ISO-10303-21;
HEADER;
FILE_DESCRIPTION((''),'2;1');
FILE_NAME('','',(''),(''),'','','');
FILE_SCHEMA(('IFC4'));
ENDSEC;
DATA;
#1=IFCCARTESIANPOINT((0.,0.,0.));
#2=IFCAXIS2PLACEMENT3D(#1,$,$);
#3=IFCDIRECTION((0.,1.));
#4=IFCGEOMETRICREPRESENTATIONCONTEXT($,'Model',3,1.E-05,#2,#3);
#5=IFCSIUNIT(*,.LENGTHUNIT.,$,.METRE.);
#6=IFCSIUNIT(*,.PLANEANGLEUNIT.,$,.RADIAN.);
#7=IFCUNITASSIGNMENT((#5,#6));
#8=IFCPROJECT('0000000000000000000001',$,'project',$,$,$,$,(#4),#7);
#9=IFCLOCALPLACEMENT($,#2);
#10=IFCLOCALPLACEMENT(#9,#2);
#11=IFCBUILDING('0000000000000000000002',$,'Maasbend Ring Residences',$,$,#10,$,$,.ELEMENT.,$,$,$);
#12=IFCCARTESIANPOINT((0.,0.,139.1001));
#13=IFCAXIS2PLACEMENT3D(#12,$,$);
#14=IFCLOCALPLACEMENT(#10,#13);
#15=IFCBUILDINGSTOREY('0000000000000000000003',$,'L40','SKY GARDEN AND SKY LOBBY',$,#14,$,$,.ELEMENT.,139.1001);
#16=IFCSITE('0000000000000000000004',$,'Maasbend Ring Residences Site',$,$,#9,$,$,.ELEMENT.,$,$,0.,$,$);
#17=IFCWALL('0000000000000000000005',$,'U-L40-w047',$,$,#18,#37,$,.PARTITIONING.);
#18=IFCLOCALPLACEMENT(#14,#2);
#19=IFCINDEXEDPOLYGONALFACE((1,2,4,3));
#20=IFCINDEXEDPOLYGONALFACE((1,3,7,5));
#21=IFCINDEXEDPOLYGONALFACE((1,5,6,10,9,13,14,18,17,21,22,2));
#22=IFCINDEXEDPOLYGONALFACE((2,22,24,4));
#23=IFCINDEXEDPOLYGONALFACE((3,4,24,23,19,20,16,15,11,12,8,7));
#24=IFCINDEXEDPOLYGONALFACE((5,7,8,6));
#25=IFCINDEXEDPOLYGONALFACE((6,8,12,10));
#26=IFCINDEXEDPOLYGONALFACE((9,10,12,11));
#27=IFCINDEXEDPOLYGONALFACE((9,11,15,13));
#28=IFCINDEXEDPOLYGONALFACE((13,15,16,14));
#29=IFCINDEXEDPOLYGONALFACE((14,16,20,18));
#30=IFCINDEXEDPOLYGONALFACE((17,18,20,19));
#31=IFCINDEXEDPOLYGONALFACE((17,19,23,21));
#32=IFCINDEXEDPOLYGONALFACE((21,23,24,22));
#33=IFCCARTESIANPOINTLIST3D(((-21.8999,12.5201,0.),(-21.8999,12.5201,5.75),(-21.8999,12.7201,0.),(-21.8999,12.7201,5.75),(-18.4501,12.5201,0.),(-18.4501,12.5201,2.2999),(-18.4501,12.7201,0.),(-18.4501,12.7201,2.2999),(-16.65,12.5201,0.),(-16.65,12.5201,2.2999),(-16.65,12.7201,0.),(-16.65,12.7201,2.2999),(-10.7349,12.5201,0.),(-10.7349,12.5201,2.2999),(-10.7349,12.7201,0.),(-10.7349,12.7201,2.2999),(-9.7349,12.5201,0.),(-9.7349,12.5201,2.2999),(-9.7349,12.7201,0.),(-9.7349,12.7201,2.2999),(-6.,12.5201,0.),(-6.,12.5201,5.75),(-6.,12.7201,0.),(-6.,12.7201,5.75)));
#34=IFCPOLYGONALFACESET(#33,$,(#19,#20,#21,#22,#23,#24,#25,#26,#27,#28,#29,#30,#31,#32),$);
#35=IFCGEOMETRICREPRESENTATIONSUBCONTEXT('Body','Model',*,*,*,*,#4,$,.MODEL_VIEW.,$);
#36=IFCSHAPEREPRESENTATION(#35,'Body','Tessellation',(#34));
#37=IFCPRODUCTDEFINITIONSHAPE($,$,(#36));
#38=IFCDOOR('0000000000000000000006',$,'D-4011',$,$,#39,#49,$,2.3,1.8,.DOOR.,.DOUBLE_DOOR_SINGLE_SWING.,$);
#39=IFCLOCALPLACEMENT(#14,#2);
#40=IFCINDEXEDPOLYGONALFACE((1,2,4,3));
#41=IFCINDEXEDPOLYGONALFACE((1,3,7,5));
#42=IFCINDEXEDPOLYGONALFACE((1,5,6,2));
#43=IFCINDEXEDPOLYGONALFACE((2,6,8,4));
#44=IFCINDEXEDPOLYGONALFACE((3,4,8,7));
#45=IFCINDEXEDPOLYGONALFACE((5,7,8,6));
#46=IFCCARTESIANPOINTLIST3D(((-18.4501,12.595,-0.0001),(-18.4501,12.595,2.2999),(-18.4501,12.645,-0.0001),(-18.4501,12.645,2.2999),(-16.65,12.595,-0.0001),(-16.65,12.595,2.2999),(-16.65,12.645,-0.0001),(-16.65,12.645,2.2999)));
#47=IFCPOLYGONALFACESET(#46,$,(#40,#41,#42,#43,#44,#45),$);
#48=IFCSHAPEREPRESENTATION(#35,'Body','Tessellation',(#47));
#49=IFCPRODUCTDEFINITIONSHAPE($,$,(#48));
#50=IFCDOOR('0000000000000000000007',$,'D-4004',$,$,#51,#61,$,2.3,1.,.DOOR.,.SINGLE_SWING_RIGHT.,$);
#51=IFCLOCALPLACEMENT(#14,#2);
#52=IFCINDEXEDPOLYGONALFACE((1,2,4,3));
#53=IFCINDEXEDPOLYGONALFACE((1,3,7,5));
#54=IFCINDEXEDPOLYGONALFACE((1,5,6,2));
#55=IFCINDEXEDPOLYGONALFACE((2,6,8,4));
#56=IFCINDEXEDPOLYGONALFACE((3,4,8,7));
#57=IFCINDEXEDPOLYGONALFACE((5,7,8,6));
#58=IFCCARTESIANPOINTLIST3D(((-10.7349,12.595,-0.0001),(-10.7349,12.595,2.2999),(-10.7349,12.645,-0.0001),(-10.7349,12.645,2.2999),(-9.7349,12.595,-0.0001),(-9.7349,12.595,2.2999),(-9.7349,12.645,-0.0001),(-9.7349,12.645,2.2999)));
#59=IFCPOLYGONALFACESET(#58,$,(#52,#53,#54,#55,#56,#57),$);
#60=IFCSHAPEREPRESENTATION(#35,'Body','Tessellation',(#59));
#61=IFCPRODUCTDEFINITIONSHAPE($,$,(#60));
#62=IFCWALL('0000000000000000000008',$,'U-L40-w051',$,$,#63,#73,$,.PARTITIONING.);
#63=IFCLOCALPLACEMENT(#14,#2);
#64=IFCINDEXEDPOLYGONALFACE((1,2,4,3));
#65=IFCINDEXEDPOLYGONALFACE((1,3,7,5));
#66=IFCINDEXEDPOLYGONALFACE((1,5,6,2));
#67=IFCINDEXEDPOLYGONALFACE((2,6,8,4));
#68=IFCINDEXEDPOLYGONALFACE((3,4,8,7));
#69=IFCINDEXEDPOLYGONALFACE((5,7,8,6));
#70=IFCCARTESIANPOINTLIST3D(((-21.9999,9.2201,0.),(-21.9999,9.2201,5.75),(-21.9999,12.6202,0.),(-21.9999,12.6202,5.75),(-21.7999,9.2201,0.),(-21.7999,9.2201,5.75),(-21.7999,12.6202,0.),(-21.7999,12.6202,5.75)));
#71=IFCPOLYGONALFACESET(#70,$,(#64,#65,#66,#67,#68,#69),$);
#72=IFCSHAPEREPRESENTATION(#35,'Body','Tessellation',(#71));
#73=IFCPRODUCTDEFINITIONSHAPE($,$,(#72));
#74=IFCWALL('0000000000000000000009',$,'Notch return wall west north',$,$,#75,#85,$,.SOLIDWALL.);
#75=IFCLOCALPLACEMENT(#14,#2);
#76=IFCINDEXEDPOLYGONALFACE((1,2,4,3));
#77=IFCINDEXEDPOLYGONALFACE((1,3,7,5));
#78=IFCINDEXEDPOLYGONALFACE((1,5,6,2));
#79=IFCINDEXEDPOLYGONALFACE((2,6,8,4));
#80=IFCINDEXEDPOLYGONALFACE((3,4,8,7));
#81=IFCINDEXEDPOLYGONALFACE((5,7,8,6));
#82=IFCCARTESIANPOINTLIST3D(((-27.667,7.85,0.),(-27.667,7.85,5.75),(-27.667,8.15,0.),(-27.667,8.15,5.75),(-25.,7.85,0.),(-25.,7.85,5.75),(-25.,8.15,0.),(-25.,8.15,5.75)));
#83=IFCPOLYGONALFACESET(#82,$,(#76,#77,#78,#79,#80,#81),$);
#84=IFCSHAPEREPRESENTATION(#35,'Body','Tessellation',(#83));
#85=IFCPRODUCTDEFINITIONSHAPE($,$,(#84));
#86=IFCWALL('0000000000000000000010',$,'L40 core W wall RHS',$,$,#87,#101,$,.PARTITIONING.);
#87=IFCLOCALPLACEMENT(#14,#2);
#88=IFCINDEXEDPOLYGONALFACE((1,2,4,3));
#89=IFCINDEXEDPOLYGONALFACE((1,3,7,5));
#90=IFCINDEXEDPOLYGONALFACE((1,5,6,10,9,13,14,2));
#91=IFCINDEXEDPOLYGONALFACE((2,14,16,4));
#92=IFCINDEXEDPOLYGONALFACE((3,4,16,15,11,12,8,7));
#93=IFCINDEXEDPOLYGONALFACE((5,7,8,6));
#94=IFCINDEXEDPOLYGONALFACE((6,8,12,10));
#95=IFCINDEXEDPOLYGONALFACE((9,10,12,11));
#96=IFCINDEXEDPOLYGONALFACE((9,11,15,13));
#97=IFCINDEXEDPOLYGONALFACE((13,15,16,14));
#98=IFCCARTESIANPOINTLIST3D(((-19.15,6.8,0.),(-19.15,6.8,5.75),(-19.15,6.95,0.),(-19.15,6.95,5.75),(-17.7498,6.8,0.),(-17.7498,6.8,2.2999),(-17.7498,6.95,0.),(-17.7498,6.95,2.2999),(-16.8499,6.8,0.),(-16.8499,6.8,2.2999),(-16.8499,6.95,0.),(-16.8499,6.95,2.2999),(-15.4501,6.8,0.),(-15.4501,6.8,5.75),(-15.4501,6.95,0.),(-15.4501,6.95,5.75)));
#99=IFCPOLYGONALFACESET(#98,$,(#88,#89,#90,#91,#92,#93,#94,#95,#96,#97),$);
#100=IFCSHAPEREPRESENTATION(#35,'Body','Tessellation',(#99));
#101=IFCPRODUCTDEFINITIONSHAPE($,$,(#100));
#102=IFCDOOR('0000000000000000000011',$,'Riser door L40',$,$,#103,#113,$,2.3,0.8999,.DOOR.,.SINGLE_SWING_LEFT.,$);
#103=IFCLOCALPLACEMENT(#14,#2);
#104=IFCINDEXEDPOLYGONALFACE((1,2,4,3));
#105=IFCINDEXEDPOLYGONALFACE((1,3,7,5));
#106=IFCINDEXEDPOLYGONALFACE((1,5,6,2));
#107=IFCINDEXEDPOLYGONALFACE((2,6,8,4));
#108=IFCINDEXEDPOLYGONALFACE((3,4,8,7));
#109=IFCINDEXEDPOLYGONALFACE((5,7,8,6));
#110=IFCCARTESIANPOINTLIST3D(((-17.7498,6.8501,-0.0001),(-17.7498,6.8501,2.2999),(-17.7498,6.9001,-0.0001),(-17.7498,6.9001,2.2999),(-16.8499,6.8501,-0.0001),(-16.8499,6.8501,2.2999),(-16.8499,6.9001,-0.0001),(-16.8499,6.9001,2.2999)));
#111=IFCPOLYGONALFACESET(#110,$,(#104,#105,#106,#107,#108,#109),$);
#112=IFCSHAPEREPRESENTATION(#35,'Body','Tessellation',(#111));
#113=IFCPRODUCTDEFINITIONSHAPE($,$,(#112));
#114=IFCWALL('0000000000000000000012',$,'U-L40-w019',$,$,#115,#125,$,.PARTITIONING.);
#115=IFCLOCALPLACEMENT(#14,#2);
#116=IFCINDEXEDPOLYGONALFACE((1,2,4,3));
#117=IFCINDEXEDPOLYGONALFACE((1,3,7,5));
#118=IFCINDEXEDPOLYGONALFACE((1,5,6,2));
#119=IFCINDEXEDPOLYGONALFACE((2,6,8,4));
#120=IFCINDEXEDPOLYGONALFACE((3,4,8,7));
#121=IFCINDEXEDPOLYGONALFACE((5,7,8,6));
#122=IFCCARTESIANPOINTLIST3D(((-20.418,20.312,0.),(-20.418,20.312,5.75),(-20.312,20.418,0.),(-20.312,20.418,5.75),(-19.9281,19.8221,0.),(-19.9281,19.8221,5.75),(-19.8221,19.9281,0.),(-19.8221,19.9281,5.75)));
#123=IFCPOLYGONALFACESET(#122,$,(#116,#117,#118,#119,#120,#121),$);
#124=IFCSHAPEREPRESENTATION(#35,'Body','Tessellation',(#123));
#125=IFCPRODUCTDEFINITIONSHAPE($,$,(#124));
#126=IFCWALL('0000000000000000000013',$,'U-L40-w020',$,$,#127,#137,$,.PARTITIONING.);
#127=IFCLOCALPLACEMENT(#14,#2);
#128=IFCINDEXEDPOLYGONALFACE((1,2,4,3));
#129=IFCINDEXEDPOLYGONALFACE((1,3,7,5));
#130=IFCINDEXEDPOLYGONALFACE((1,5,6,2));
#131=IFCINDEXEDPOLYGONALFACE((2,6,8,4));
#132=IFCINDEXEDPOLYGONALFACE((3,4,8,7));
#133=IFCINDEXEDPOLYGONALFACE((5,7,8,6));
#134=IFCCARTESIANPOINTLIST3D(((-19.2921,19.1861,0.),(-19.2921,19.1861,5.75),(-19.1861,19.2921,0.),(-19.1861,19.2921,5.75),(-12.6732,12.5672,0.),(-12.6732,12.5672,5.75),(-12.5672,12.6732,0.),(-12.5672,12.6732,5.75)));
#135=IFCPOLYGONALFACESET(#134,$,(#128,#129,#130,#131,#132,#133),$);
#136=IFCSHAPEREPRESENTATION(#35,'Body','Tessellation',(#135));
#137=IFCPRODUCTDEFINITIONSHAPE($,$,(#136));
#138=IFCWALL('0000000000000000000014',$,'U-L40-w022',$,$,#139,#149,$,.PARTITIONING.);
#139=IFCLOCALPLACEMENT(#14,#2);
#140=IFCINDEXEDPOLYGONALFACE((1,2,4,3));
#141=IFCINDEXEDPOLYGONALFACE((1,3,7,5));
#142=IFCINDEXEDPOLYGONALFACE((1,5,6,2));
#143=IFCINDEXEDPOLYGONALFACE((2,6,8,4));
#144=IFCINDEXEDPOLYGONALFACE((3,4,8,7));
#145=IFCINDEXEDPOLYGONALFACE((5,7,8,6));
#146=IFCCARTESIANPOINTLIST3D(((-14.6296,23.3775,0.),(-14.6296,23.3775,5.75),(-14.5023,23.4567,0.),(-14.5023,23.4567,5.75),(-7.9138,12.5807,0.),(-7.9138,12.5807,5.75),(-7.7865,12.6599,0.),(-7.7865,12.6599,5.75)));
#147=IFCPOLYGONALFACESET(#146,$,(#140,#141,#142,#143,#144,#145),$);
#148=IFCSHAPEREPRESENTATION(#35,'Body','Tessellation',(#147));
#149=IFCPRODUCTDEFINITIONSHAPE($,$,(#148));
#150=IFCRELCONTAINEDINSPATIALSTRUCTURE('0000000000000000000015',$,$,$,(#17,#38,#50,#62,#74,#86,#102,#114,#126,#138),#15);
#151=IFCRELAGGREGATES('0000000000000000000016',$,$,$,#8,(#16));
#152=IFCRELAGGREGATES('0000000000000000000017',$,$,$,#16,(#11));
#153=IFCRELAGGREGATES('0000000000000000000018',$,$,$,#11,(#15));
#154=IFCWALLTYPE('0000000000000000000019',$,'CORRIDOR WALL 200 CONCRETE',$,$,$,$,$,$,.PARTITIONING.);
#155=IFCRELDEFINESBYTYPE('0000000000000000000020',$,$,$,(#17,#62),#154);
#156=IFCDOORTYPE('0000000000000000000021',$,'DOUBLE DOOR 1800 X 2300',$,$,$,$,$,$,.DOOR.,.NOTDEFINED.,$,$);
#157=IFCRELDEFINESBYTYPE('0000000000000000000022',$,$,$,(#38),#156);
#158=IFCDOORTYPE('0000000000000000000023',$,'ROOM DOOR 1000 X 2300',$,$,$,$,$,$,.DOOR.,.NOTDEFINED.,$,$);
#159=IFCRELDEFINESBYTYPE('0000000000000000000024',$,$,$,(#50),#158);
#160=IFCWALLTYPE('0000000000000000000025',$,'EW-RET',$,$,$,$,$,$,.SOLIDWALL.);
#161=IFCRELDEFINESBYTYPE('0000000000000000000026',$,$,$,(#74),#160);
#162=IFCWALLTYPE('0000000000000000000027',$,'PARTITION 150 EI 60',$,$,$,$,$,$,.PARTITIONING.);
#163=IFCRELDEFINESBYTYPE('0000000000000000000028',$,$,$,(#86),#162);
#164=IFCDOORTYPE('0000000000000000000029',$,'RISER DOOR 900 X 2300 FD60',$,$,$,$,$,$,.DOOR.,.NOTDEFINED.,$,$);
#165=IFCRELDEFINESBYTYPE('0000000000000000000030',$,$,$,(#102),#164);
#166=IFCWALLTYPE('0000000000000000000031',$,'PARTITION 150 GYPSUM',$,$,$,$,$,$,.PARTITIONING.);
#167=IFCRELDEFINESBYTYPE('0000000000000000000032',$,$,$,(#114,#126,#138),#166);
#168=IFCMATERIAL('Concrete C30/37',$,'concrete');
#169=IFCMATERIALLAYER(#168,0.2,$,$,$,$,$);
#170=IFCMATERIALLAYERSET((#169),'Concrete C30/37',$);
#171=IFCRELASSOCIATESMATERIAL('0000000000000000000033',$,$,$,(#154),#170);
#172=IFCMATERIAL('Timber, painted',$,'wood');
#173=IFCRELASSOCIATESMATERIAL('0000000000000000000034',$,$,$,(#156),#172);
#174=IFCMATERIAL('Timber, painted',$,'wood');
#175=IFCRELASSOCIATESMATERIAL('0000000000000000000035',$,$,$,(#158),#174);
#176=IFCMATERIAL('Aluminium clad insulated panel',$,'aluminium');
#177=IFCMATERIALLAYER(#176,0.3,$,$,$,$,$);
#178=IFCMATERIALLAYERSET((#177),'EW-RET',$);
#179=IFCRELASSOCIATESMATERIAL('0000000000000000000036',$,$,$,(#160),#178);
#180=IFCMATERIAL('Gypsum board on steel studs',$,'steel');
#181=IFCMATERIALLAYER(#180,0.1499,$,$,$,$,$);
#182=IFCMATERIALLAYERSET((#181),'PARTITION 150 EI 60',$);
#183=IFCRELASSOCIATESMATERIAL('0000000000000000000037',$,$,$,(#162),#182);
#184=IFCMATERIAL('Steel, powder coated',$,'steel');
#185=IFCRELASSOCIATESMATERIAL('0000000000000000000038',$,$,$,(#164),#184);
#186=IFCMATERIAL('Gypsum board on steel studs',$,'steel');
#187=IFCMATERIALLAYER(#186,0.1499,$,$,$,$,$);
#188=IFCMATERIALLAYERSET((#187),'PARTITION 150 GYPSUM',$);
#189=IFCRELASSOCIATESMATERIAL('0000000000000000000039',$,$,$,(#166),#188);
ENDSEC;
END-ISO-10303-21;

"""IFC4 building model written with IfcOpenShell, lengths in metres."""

from ifc_helpers import new_model, si_unit, direction, frame, frame_2d, origin, place, context, subcontext, project, spatial, rectangle, extrude, material, layer, layer_set, type_object, element, fill, save


model = new_model("IFC4")

# Units and contexts
model_context = context("Model", 3, precision=1e-05, world=origin(), true_north=direction((0.0, 1.0)))
body_context = subcontext(model_context, "Body", "Model", "MODEL_VIEW")
ifc_project = project(units=[si_unit("LENGTHUNIT", "METRE"), si_unit("PLANEANGLEUNIT", "RADIAN")], contexts=[model_context])

# Site, building, storey
site_placement = place(None, origin())
site = spatial("IfcSite", under=ifc_project, at=site_placement, Name="Maasbend Ring Residences Site", CompositionType="ELEMENT", RefElevation=0.0)
building_placement = place(site_placement, origin())
building = spatial("IfcBuilding", under=site, at=building_placement, Name="Maasbend Ring Residences", CompositionType="ELEMENT")
storey_placement = place(building_placement, frame((0.0, 0.0, 139.1001)))
storey = spatial("IfcBuildingStorey", under=building, at=storey_placement, Name="L40", Description="SKY GARDEN AND SKY LOBBY", CompositionType="ELEMENT", Elevation=139.1001)

# Wall, openings, doors
ifc_material_1 = material(Name="Concrete C30/37", Category="concrete")
ifc_layer_1 = layer(ifc_material_1, 0.2)
ifc_layer_set_1 = layer_set([ifc_layer_1], Name="Concrete C30/37")
wall_type_1 = type_object("IfcWallType", Name="CORRIDOR WALL 200 CONCRETE", PredefinedType="PARTITIONING", material=ifc_layer_set_1)
wall_1_placement = place(storey_placement, frame((-21.8999, 12.6201, 0.0), z_axis=(0.0, 0.0, 1.0), x_axis=(1.0, 0.0, 0.0)))
wall_1 = element("IfcWall", 1, at=wall_1_placement, inside=storey, type_object=wall_type_1, Name="U-L40-w047", PredefinedType="PARTITIONING", context=body_context, shape_type="SweptSolid", body=[
    extrude(rectangle(XDim=15.8999, YDim=0.2, at=frame_2d((7.95, 0.0))), origin(), (0.0, 0.0, 1.0), 5.75),
])
opening_1_placement = place(wall_1_placement, frame((11.165, 0.0, 0.0)))
opening_1 = element("IfcOpeningElement", 2, at=opening_1_placement, cuts=wall_1, PredefinedType="OPENING", context=body_context, shape_type="SweptSolid", body=[
    extrude(rectangle(XDim=1.0, YDim=2.3, at=frame_2d((0.5, 1.1499))), frame((0.0, 0.1099, 0.0), z_axis=(0.0, -1.0, 0.0), x_axis=(1.0, 0.0, 0.0)), (0.0, 0.0, 1.0), 0.22),
])
opening_2_placement = place(wall_1_placement, frame((3.45, 0.0, 0.0)))
opening_2 = element("IfcOpeningElement", 3, at=opening_2_placement, cuts=wall_1, PredefinedType="OPENING", context=body_context, shape_type="SweptSolid", body=[
    extrude(rectangle(XDim=1.8, YDim=2.3, at=frame_2d((0.8999, 1.1499))), frame((0.0, 0.1099, 0.0), z_axis=(0.0, -1.0, 0.0), x_axis=(1.0, 0.0, 0.0)), (0.0, 0.0, 1.0), 0.22),
])
ifc_material_2 = material(Name="Timber, painted", Category="wood")
door_type_1 = type_object("IfcDoorType", Name="DOUBLE DOOR 1800 X 2300", OperationType="NOTDEFINED", PredefinedType="DOOR", material=ifc_material_2)
door_1_placement = place(opening_2_placement, origin())
door_1 = element("IfcDoor", 4, at=door_1_placement, inside=storey, type_object=door_type_1, Name="D-4011", OperationType="DOUBLE_DOOR_SINGLE_SWING", OverallHeight=2.3, OverallWidth=1.8, PredefinedType="DOOR", context=body_context, shape_type="SweptSolid", body=[
    extrude(rectangle(XDim=1.8, YDim=2.3, at=frame_2d((0.8999, 1.1499))), frame((0.0, 0.0249, 0.0), z_axis=(0.0, -1.0, 0.0), x_axis=(1.0, 0.0, 0.0)), (0.0, 0.0, 1.0), 0.05),
])
fill(opening_2, door_1)
ifc_material_3 = material(Name="Timber, painted", Category="wood")
door_type_2 = type_object("IfcDoorType", Name="ROOM DOOR 1000 X 2300", OperationType="NOTDEFINED", PredefinedType="DOOR", material=ifc_material_3)
door_2_placement = place(opening_1_placement, origin())
door_2 = element("IfcDoor", 5, at=door_2_placement, inside=storey, type_object=door_type_2, Name="D-4004", OperationType="SINGLE_SWING_RIGHT", OverallHeight=2.3, OverallWidth=1.0, PredefinedType="DOOR", context=body_context, shape_type="SweptSolid", body=[
    extrude(rectangle(XDim=1.0, YDim=2.3, at=frame_2d((0.5, 1.1499))), frame((0.0, 0.0249, 0.0), z_axis=(0.0, -1.0, 0.0), x_axis=(1.0, 0.0, 0.0)), (0.0, 0.0, 1.0), 0.05),
])
fill(opening_1, door_2)

# Walls
wall_2_placement = place(storey_placement, frame((-21.8999, 9.22, 0.0), z_axis=(0.0, 0.0, 1.0), x_axis=(0.0, 1.0, 0.0)))
element("IfcWall", 6, at=wall_2_placement, inside=storey, type_object=wall_type_1, Name="U-L40-w051", PredefinedType="PARTITIONING", context=body_context, shape_type="SweptSolid", body=[
    extrude(rectangle(XDim=3.4001, YDim=0.2, at=frame_2d((1.7002, 0.0))), origin(), (0.0, 0.0, 1.0), 5.75),
])
ifc_material_4 = material(Name="Aluminium clad insulated panel", Category="aluminium")
ifc_layer_2 = layer(ifc_material_4, 0.3)
ifc_layer_set_2 = layer_set([ifc_layer_2], Name="EW-RET")
wall_type_2 = type_object("IfcWallType", Name="EW-RET", PredefinedType="SOLIDWALL", material=ifc_layer_set_2)
wall_3_placement = place(storey_placement, frame((-25.0, 8.0, 0.0), z_axis=(0.0, 0.0, 1.0), x_axis=(-1.0, 0.0, 0.0)))
element("IfcWall", 7, at=wall_3_placement, inside=storey, type_object=wall_type_2, Name="Notch return wall west north", PredefinedType="SOLIDWALL", context=body_context, shape_type="SweptSolid", body=[
    extrude(rectangle(XDim=2.667, YDim=0.3, at=frame_2d((1.3335, 0.0))), origin(), (0.0, 0.0, 1.0), 5.75),
])

# Wall, opening, door
ifc_material_5 = material(Name="Gypsum board on steel studs", Category="steel")
ifc_layer_3 = layer(ifc_material_5, 0.1499)
ifc_layer_set_3 = layer_set([ifc_layer_3], Name="PARTITION 150 EI 60")
wall_type_3 = type_object("IfcWallType", Name="PARTITION 150 EI 60", PredefinedType="PARTITIONING", material=ifc_layer_set_3)
wall_4_placement = place(storey_placement, frame((-15.45, 6.875, 0.0), z_axis=(0.0, 0.0, 1.0), x_axis=(-1.0, 0.0, 0.0)))
wall_4 = element("IfcWall", 8, at=wall_4_placement, inside=storey, type_object=wall_type_3, Name="L40 core W wall RHS", PredefinedType="PARTITIONING", context=body_context, shape_type="SweptSolid", body=[
    extrude(rectangle(XDim=3.7, YDim=0.1499, at=frame_2d((1.8501, 0.0))), origin(), (0.0, 0.0, 1.0), 5.75),
])
opening_3_placement = place(wall_4_placement, frame((1.3999, 0.0, 0.0)))
opening_3 = element("IfcOpeningElement", 9, at=opening_3_placement, cuts=wall_4, PredefinedType="OPENING", context=body_context, shape_type="SweptSolid", body=[
    extrude(rectangle(XDim=0.8999, YDim=2.3, at=frame_2d((0.45, 1.1499))), frame((0.0, 0.085, 0.0), z_axis=(0.0, -1.0, 0.0), x_axis=(1.0, 0.0, 0.0)), (0.0, 0.0, 1.0), 0.1699),
])
ifc_material_6 = material(Name="Steel, powder coated", Category="steel")
door_type_3 = type_object("IfcDoorType", Name="RISER DOOR 900 X 2300 FD60", OperationType="NOTDEFINED", PredefinedType="DOOR", material=ifc_material_6)
door_3_placement = place(opening_3_placement, origin())
door_3 = element("IfcDoor", 10, at=door_3_placement, inside=storey, type_object=door_type_3, Name="Riser door L40", OperationType="SINGLE_SWING_LEFT", OverallHeight=2.3, OverallWidth=0.8999, PredefinedType="DOOR", context=body_context, shape_type="SweptSolid", body=[
    extrude(rectangle(XDim=0.8999, YDim=2.3, at=frame_2d((0.45, 1.1499))), frame((0.0, 0.0249, 0.0), z_axis=(0.0, -1.0, 0.0), x_axis=(1.0, 0.0, 0.0)), (0.0, 0.0, 1.0), 0.05),
])
fill(opening_3, door_3)

# Walls
ifc_material_7 = material(Name="Gypsum board on steel studs", Category="steel")
ifc_layer_4 = layer(ifc_material_7, 0.1499)
ifc_layer_set_4 = layer_set([ifc_layer_4], Name="PARTITION 150 GYPSUM")
wall_type_4 = type_object("IfcWallType", Name="PARTITION 150 GYPSUM", PredefinedType="PARTITIONING", material=ifc_layer_set_4)
wall_5_placement = place(storey_placement, frame((-20.365, 20.365, 0.0), z_axis=(0.0, 0.0, 1.0), x_axis=(0.707107, -0.707107, 0.0)))
element("IfcWall", 11, at=wall_5_placement, inside=storey, type_object=wall_type_4, Name="U-L40-w019", PredefinedType="PARTITIONING", context=body_context, shape_type="SweptSolid", body=[
    extrude(rectangle(XDim=0.6929, YDim=0.1499, at=frame_2d((0.3464, 0.0))), origin(), (0.0, 0.0, 1.0), 5.75),
])
wall_6_placement = place(storey_placement, frame((-19.239, 19.239, 0.0), z_axis=(0.0, 0.0, 1.0), x_axis=(0.707107, -0.707107, 0.0)))
element("IfcWall", 12, at=wall_6_placement, inside=storey, type_object=wall_type_4, Name="U-L40-w020", PredefinedType="PARTITIONING", context=body_context, shape_type="SweptSolid", body=[
    extrude(rectangle(XDim=9.3606, YDim=0.1499, at=frame_2d((4.6802, 0.0))), origin(), (0.0, 0.0, 1.0), 5.75),
])
wall_7_placement = place(storey_placement, frame((-14.5659, 23.417, 0.0), z_axis=(0.0, 0.0, 1.0), x_axis=(0.528175, -0.849135, 0.0)))
element("IfcWall", 13, at=wall_7_placement, inside=storey, type_object=wall_type_4, Name="U-L40-w022", PredefinedType="PARTITIONING", context=body_context, shape_type="SweptSolid", body=[
    extrude(rectangle(XDim=12.7151, YDim=0.1499, at=frame_2d((6.3574, 0.0))), origin(), (0.0, 0.0, 1.0), 5.75),
])

save(model, "model.ifc")
